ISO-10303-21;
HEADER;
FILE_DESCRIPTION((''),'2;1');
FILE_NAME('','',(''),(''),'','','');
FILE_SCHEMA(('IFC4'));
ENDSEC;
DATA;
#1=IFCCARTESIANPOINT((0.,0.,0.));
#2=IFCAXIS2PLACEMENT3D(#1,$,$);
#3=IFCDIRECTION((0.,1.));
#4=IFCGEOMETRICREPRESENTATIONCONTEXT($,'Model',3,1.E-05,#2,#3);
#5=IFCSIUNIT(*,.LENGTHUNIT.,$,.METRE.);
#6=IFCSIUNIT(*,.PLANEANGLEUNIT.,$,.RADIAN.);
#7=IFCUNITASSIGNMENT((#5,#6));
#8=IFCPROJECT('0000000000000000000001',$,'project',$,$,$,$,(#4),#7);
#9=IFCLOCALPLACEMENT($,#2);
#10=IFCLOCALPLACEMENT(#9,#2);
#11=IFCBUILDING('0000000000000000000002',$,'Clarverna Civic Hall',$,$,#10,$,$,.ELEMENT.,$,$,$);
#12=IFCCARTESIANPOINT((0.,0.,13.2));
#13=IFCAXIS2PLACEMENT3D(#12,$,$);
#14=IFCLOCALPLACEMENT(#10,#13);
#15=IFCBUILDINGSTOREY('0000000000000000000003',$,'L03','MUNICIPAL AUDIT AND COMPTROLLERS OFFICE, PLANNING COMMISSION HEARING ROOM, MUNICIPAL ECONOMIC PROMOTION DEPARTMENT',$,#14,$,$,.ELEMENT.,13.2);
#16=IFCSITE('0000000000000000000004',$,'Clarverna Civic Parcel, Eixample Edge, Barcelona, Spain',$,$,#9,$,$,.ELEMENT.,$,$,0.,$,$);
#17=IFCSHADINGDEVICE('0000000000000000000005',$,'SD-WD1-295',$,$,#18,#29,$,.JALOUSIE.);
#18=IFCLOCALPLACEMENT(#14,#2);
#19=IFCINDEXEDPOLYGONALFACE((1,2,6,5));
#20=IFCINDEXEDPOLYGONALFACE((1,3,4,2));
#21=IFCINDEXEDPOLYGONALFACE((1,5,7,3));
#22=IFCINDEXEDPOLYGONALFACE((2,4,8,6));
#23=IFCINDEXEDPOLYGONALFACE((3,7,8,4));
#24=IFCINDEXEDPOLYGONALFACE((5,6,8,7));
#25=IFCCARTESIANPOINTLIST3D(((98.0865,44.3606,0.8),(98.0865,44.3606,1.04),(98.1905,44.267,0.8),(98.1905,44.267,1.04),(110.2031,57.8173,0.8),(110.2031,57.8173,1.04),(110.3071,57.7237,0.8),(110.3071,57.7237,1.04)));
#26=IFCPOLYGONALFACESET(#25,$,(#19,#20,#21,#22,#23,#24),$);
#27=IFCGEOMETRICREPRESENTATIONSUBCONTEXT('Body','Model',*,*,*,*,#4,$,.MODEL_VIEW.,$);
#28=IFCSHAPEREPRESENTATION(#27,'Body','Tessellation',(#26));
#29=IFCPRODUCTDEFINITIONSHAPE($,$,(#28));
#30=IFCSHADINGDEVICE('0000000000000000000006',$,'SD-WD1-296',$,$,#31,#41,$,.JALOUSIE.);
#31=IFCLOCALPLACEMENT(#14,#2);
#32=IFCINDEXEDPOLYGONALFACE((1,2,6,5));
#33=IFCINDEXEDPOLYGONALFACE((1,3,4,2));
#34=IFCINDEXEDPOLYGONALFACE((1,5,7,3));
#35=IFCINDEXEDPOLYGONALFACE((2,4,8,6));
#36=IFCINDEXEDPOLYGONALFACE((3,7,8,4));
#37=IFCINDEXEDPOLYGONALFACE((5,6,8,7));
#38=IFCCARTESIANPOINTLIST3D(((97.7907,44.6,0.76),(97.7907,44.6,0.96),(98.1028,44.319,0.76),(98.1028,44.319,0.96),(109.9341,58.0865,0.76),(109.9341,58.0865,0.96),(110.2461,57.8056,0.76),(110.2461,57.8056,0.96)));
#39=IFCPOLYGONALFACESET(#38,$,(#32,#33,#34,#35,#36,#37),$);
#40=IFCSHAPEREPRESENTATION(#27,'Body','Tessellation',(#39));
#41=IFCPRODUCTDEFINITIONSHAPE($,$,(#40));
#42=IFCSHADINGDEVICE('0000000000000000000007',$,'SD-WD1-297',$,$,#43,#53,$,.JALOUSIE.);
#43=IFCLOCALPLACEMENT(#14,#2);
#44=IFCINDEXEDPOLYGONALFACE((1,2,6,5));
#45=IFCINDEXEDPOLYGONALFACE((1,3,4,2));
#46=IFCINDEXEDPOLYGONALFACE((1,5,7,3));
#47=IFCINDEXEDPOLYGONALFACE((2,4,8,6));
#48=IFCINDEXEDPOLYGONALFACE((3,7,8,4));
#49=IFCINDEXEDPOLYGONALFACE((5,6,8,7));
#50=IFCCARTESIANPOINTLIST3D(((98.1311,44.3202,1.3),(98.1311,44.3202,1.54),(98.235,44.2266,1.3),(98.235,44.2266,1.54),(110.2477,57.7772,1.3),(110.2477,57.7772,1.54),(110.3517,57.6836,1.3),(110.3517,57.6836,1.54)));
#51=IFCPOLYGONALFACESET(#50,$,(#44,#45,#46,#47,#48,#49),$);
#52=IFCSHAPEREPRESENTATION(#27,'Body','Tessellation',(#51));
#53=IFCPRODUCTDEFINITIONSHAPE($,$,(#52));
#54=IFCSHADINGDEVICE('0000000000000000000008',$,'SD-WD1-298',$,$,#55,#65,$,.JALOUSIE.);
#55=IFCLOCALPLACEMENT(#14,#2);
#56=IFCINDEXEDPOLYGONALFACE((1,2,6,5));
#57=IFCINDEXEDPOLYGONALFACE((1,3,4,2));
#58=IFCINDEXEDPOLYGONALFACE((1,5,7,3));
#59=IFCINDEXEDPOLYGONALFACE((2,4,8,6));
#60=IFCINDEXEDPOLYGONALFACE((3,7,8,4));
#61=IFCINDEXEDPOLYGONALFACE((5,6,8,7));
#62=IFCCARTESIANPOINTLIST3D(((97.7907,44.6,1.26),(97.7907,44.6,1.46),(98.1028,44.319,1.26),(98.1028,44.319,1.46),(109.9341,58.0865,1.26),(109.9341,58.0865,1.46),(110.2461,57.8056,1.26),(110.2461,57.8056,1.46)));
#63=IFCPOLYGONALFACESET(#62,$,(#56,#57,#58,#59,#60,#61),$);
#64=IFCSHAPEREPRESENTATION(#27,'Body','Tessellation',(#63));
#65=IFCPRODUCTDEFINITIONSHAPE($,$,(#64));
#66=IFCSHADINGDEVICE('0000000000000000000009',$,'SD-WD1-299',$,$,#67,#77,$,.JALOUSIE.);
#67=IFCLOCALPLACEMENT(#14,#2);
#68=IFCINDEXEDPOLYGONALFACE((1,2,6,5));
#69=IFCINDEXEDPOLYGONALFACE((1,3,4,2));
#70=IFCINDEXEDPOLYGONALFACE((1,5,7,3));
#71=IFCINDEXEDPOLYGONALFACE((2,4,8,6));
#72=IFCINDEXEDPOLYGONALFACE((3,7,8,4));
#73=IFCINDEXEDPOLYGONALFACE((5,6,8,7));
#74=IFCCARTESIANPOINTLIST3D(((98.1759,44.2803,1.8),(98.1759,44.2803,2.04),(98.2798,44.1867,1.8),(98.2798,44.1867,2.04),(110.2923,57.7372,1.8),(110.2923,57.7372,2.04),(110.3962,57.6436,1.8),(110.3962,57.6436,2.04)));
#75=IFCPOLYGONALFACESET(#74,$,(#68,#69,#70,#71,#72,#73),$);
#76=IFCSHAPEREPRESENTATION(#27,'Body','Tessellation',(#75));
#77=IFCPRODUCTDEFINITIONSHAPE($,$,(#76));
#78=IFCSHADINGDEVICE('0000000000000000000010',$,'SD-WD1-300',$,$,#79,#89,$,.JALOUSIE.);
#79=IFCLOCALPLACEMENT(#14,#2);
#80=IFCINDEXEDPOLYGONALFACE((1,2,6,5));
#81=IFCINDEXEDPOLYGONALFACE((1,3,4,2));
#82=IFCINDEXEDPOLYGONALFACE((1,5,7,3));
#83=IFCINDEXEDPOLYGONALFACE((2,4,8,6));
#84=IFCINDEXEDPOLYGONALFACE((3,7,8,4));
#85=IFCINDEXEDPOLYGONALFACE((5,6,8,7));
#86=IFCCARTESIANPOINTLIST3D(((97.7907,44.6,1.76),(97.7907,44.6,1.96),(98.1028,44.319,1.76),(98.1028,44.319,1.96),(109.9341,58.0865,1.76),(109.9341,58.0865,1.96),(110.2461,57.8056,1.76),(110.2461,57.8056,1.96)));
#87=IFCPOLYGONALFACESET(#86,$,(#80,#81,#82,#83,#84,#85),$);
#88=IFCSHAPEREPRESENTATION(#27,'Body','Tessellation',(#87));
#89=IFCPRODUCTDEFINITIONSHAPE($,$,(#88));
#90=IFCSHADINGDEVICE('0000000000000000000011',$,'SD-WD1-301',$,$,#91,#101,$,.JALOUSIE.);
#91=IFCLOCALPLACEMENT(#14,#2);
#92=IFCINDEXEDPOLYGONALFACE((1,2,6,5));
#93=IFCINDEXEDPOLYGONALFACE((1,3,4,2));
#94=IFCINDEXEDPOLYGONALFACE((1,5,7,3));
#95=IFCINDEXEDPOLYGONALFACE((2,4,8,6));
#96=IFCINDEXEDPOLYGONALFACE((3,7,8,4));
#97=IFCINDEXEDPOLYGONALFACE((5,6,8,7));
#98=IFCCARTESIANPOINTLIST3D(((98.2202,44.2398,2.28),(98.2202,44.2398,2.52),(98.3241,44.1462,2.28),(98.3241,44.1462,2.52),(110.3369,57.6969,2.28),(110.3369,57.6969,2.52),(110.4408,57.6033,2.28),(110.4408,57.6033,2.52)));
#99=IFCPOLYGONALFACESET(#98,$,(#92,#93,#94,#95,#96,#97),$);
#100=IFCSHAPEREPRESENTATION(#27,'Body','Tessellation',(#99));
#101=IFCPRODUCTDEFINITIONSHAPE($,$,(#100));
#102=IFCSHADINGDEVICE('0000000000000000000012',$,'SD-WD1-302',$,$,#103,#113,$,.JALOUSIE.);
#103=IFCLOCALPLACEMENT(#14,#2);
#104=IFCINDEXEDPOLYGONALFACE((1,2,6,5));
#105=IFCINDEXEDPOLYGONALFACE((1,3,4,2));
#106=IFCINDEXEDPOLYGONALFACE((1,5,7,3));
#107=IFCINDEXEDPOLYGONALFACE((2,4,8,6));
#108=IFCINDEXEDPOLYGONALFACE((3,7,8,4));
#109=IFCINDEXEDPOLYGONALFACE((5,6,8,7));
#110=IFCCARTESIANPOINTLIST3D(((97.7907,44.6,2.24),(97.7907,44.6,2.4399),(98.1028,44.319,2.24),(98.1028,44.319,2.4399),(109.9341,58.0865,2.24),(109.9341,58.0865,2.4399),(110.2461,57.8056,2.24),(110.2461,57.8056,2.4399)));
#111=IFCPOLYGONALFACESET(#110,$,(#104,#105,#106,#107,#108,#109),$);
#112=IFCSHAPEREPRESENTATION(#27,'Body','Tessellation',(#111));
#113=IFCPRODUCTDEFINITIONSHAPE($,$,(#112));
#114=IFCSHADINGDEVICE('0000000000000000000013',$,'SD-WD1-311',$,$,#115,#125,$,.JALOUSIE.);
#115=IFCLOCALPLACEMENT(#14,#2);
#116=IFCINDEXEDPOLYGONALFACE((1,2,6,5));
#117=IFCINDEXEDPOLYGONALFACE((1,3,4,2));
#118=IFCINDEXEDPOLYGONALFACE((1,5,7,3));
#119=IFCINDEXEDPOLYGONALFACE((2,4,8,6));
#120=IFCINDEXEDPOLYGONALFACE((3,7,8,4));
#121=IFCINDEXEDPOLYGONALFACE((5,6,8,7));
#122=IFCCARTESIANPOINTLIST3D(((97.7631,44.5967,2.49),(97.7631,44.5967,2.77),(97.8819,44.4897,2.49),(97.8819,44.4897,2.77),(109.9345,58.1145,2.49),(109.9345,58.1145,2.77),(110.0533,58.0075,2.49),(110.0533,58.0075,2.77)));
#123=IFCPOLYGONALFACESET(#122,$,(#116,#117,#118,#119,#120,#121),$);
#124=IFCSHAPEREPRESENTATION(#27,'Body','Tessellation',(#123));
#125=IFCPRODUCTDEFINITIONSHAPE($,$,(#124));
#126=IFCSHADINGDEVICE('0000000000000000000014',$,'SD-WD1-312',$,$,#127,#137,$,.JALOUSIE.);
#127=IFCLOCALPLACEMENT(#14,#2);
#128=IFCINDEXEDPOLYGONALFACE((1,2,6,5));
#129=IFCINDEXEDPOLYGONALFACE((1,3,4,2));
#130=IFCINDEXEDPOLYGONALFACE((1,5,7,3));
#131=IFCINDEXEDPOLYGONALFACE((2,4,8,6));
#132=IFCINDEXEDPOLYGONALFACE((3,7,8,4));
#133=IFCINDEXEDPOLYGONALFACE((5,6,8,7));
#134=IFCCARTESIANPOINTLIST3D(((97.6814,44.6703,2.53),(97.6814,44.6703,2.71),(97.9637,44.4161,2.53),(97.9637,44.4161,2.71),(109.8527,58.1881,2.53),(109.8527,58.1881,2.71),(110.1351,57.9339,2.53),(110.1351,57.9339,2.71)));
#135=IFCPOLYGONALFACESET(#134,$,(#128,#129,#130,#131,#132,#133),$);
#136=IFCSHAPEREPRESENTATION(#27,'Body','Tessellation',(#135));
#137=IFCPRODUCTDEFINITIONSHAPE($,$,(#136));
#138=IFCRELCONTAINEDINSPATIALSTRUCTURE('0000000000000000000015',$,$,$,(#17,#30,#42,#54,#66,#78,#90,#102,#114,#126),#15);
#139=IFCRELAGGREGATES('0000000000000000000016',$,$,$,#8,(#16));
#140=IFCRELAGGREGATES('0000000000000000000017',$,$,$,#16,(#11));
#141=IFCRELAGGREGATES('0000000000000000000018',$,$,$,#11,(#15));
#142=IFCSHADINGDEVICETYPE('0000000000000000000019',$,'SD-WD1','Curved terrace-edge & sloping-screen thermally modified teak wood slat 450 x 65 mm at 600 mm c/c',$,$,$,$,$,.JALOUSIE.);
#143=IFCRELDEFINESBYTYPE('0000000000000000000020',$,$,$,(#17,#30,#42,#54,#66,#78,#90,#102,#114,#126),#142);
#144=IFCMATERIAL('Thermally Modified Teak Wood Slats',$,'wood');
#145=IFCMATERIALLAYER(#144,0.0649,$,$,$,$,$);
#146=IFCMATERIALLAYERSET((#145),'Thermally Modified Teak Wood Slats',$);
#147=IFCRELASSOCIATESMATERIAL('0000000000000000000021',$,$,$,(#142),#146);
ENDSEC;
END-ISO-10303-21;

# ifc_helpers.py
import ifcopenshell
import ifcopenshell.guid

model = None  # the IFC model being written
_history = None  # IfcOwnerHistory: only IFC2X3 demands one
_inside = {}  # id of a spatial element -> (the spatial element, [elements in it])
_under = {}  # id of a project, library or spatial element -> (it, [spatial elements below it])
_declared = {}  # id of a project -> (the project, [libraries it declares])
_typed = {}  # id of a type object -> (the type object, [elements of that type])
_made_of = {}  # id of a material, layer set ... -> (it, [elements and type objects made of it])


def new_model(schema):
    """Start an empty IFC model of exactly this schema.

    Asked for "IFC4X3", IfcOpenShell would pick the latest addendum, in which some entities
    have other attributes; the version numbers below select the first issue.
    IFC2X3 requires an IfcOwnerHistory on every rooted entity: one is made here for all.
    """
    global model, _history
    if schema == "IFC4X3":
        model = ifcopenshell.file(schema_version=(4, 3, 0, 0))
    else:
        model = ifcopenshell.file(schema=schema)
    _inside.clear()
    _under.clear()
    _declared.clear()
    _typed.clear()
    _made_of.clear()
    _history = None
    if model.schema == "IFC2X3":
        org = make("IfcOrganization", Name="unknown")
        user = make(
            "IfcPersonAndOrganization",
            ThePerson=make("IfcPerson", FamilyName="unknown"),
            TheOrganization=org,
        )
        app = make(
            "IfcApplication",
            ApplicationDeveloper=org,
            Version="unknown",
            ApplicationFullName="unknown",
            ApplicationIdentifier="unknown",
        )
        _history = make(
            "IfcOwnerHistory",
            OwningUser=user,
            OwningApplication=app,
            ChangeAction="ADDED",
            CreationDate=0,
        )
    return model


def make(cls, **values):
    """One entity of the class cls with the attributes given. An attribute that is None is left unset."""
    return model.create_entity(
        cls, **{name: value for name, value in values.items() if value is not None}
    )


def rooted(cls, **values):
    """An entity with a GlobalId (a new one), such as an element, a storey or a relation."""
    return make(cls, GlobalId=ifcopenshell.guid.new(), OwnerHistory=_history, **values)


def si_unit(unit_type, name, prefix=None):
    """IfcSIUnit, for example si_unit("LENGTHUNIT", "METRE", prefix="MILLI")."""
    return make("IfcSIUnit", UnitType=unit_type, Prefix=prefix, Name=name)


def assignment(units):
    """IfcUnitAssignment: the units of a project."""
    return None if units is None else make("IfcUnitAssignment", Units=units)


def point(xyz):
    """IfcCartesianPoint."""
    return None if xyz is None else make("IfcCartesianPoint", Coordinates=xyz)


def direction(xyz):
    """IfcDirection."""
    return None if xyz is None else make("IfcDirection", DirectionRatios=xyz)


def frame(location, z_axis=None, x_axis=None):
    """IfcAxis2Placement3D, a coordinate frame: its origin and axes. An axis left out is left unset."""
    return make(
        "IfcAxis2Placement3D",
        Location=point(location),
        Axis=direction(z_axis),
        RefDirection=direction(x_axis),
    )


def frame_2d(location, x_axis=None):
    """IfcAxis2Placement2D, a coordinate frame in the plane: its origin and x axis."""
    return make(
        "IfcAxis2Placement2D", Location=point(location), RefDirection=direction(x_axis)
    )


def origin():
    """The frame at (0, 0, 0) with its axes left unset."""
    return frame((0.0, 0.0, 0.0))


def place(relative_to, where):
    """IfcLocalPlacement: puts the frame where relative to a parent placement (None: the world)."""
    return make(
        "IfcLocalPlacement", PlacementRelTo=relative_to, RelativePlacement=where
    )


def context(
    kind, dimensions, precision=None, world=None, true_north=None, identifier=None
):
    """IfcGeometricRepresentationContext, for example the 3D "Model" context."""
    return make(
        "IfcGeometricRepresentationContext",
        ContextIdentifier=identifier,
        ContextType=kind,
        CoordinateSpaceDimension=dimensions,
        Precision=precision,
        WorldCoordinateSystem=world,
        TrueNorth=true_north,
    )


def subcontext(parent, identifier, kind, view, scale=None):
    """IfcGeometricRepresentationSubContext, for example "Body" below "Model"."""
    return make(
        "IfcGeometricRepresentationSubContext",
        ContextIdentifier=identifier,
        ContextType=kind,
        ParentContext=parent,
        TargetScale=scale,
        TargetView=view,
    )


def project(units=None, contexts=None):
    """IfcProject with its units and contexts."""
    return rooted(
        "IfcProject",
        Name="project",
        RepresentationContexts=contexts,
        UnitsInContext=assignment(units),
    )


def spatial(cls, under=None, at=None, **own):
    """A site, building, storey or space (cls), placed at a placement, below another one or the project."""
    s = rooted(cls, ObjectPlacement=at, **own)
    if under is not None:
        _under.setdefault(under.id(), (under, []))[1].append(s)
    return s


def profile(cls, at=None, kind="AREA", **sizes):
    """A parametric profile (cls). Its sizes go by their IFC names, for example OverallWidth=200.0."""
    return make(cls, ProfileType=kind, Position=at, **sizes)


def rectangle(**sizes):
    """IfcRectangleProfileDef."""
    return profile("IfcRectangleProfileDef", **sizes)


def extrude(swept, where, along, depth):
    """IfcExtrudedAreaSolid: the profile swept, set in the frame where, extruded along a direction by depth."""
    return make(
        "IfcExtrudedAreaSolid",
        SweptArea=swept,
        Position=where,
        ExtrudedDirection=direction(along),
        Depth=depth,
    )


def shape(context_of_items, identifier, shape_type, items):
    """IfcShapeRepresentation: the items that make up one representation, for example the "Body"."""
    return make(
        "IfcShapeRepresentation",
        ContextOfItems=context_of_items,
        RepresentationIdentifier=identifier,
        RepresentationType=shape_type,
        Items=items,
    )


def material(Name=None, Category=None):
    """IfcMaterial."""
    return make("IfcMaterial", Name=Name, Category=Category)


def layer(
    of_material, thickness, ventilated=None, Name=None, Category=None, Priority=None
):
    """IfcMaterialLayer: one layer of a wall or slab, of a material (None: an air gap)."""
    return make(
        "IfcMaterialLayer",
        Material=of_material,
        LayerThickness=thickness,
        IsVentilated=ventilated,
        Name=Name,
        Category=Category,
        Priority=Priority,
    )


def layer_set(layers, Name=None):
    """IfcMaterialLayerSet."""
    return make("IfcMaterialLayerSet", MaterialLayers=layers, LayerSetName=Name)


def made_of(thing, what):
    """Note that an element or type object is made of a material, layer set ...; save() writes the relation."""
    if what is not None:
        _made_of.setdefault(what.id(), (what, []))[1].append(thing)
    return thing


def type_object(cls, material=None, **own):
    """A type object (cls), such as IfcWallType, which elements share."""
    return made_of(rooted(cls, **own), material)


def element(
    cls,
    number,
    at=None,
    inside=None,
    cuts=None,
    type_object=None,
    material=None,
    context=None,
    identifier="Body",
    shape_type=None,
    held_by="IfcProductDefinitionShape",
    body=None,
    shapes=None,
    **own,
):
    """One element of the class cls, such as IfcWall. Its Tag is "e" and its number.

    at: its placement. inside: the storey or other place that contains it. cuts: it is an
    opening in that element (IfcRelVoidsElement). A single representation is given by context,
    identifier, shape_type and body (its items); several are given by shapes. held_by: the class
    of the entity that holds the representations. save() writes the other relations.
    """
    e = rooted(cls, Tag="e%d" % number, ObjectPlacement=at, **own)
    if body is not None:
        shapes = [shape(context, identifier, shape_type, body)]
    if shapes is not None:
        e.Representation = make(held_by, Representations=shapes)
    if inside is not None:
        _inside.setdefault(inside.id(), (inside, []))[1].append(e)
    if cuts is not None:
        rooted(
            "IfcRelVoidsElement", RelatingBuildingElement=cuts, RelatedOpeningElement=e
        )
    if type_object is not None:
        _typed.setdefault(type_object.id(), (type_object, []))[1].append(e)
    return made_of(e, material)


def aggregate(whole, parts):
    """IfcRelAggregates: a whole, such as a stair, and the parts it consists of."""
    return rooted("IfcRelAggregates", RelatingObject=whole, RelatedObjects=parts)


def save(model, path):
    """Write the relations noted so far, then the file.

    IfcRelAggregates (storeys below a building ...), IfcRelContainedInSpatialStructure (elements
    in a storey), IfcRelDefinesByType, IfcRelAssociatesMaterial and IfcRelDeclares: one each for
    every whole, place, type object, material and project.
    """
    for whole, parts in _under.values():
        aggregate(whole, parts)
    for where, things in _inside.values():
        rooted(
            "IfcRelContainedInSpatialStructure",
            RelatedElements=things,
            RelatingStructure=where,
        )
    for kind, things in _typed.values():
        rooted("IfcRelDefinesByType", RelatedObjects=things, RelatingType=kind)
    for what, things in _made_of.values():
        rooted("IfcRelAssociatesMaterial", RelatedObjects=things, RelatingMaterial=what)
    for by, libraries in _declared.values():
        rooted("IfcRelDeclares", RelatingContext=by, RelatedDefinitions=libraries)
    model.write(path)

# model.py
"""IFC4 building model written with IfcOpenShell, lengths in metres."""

from ifc_helpers import new_model, si_unit, direction, frame, frame_2d, origin, place, context, subcontext, project, spatial, rectangle, extrude, material, layer, layer_set, type_object, element, save


model = new_model("IFC4")

# Units and contexts
model_context = context("Model", 3, precision=1e-05, world=origin(), true_north=direction((0.0, 1.0)))
body_context = subcontext(model_context, "Body", "Model", "MODEL_VIEW")
ifc_project = project(units=[si_unit("LENGTHUNIT", "METRE"), si_unit("PLANEANGLEUNIT", "RADIAN")], contexts=[model_context])

# Site, building, storey
site_placement = place(None, origin())
site = spatial("IfcSite", under=ifc_project, at=site_placement, Name="Clarverna Civic Parcel, Eixample Edge, Barcelona, Spain", CompositionType="ELEMENT", RefElevation=0.0)
building_placement = place(site_placement, origin())
building = spatial("IfcBuilding", under=site, at=building_placement, Name="Clarverna Civic Hall", CompositionType="ELEMENT")
storey_placement = place(building_placement, frame((0.0, 0.0, 13.2)))
storey = spatial("IfcBuildingStorey", under=building, at=storey_placement, Name="L03", Description="MUNICIPAL AUDIT AND COMPTROLLERS OFFICE, PLANNING COMMISSION HEARING ROOM, MUNICIPAL ECONOMIC PROMOTION DEPARTMENT", CompositionType="ELEMENT", Elevation=13.2)

# Shading devices
ifc_material_1 = material(Name="Thermally Modified Teak Wood Slats", Category="wood")
ifc_layer_1 = layer(ifc_material_1, 0.0649)
ifc_layer_set_1 = layer_set([ifc_layer_1], Name="Thermally Modified Teak Wood Slats")
shading_device_type = type_object("IfcShadingDeviceType", Name="SD-WD1", Description="Curved terrace-edge & sloping-screen thermally modified teak wood slat 450 x 65 mm at 600 mm c/c", PredefinedType="JALOUSIE", material=ifc_layer_set_1)
shading_device_1_placement = place(storey_placement, frame((110.2551, 57.7705, 0.8), z_axis=(0.0, 0.0, 1.0), x_axis=(-0.669135, -0.743141, 0.0)))
element("IfcShadingDevice", 1, at=shading_device_1_placement, inside=storey, type_object=shading_device_type, Name="SD-WD1-295", PredefinedType="JALOUSIE", context=body_context, shape_type="SweptSolid", body=[
    extrude(rectangle(XDim=18.1079, YDim=0.1399, at=frame_2d((9.054, 0.0))), origin(), (0.0, 0.0, 1.0), 0.24),
])
shading_device_2_placement = place(storey_placement, frame((110.0901, 57.946, 0.76), z_axis=(0.0, 0.0, 1.0), x_axis=(-0.669129, -0.743146, 0.0)))
element("IfcShadingDevice", 2, at=shading_device_2_placement, inside=storey, type_object=shading_device_type, Name="SD-WD1-296", PredefinedType="JALOUSIE", context=body_context, shape_type="SweptSolid", body=[
    extrude(rectangle(XDim=18.1479, YDim=0.4199, at=frame_2d((9.074, 0.0))), origin(), (0.0, 0.0, 1.0), 0.2),
])
shading_device_3_placement = place(storey_placement, frame((110.2998, 57.7305, 1.3), z_axis=(0.0, 0.0, 1.0), x_axis=(-0.669129, -0.743147, 0.0)))
element("IfcShadingDevice", 3, at=shading_device_3_placement, inside=storey, type_object=shading_device_type, Name="SD-WD1-297", PredefinedType="JALOUSIE", context=body_context, shape_type="SweptSolid", body=[
    extrude(rectangle(XDim=18.1082, YDim=0.1399, at=frame_2d((9.0542, 0.0))), origin(), (0.0, 0.0, 1.0), 0.24),
])
shading_device_4_placement = place(storey_placement, frame((110.0901, 57.946, 1.26), z_axis=(0.0, 0.0, 1.0), x_axis=(-0.669129, -0.743146, 0.0)))
element("IfcShadingDevice", 4, at=shading_device_4_placement, inside=storey, type_object=shading_device_type, Name="SD-WD1-298", PredefinedType="JALOUSIE", context=body_context, shape_type="SweptSolid", body=[
    extrude(rectangle(XDim=18.1479, YDim=0.4199, at=frame_2d((9.074, 0.0))), origin(), (0.0, 0.0, 1.0), 0.2),
])
shading_device_5_placement = place(storey_placement, frame((110.3442, 57.6904, 1.8), z_axis=(0.0, 0.0, 1.0), x_axis=(-0.669121, -0.743153, 0.0)))
element("IfcShadingDevice", 5, at=shading_device_5_placement, inside=storey, type_object=shading_device_type, Name="SD-WD1-299", PredefinedType="JALOUSIE", context=body_context, shape_type="SweptSolid", body=[
    extrude(rectangle(XDim=18.1079, YDim=0.1399, at=frame_2d((9.054, 0.0))), origin(), (0.0, 0.0, 1.0), 0.24),
])
shading_device_6_placement = place(storey_placement, frame((110.0901, 57.946, 1.76), z_axis=(0.0, 0.0, 1.0), x_axis=(-0.669129, -0.743146, 0.0)))
element("IfcShadingDevice", 6, at=shading_device_6_placement, inside=storey, type_object=shading_device_type, Name="SD-WD1-300", PredefinedType="JALOUSIE", context=body_context, shape_type="SweptSolid", body=[
    extrude(rectangle(XDim=18.1479, YDim=0.4199, at=frame_2d((9.074, 0.0))), origin(), (0.0, 0.0, 1.0), 0.2),
])
shading_device_7_placement = place(storey_placement, frame((110.3889, 57.6501, 2.28), z_axis=(0.0, 0.0, 1.0), x_axis=(-0.669129, -0.743147, 0.0)))
element("IfcShadingDevice", 7, at=shading_device_7_placement, inside=storey, type_object=shading_device_type, Name="SD-WD1-301", PredefinedType="JALOUSIE", context=body_context, shape_type="SweptSolid", body=[
    extrude(rectangle(XDim=18.1082, YDim=0.1399, at=frame_2d((9.0542, 0.0))), origin(), (0.0, 0.0, 1.0), 0.24),
])
shading_device_8_placement = place(storey_placement, frame((110.0901, 57.946, 2.24), z_axis=(0.0, 0.0, 1.0), x_axis=(-0.669129, -0.743146, 0.0)))
element("IfcShadingDevice", 8, at=shading_device_8_placement, inside=storey, type_object=shading_device_type, Name="SD-WD1-302", PredefinedType="JALOUSIE", context=body_context, shape_type="SweptSolid", body=[
    extrude(rectangle(XDim=18.1479, YDim=0.4199, at=frame_2d((9.074, 0.0))), origin(), (0.0, 0.0, 1.0), 0.2),
])
shading_device_9_placement = place(storey_placement, frame((109.9939, 58.061, 2.49), z_axis=(0.0, 0.0, 1.0), x_axis=(-0.669127, -0.743148, 0.0)))
element("IfcShadingDevice", 9, at=shading_device_9_placement, inside=storey, type_object=shading_device_type, Name="SD-WD1-311", PredefinedType="JALOUSIE", context=body_context, shape_type="SweptSolid", body=[
    extrude(rectangle(XDim=18.1899, YDim=0.1599, at=frame_2d((9.095, 0.0))), origin(), (0.0, 0.0, 1.0), 0.28),
])
shading_device_10_placement = place(storey_placement, frame((109.9939, 58.061, 2.53), z_axis=(0.0, 0.0, 1.0), x_axis=(-0.669127, -0.743148, 0.0)))
element("IfcShadingDevice", 10, at=shading_device_10_placement, inside=storey, type_object=shading_device_type, Name="SD-WD1-312", PredefinedType="JALOUSIE", context=body_context, shape_type="SweptSolid", body=[
    extrude(rectangle(XDim=18.1899, YDim=0.3799, at=frame_2d((9.095, 0.0))), origin(), (0.0, 0.0, 1.0), 0.1799),
])

save(model, "model.ifc")
